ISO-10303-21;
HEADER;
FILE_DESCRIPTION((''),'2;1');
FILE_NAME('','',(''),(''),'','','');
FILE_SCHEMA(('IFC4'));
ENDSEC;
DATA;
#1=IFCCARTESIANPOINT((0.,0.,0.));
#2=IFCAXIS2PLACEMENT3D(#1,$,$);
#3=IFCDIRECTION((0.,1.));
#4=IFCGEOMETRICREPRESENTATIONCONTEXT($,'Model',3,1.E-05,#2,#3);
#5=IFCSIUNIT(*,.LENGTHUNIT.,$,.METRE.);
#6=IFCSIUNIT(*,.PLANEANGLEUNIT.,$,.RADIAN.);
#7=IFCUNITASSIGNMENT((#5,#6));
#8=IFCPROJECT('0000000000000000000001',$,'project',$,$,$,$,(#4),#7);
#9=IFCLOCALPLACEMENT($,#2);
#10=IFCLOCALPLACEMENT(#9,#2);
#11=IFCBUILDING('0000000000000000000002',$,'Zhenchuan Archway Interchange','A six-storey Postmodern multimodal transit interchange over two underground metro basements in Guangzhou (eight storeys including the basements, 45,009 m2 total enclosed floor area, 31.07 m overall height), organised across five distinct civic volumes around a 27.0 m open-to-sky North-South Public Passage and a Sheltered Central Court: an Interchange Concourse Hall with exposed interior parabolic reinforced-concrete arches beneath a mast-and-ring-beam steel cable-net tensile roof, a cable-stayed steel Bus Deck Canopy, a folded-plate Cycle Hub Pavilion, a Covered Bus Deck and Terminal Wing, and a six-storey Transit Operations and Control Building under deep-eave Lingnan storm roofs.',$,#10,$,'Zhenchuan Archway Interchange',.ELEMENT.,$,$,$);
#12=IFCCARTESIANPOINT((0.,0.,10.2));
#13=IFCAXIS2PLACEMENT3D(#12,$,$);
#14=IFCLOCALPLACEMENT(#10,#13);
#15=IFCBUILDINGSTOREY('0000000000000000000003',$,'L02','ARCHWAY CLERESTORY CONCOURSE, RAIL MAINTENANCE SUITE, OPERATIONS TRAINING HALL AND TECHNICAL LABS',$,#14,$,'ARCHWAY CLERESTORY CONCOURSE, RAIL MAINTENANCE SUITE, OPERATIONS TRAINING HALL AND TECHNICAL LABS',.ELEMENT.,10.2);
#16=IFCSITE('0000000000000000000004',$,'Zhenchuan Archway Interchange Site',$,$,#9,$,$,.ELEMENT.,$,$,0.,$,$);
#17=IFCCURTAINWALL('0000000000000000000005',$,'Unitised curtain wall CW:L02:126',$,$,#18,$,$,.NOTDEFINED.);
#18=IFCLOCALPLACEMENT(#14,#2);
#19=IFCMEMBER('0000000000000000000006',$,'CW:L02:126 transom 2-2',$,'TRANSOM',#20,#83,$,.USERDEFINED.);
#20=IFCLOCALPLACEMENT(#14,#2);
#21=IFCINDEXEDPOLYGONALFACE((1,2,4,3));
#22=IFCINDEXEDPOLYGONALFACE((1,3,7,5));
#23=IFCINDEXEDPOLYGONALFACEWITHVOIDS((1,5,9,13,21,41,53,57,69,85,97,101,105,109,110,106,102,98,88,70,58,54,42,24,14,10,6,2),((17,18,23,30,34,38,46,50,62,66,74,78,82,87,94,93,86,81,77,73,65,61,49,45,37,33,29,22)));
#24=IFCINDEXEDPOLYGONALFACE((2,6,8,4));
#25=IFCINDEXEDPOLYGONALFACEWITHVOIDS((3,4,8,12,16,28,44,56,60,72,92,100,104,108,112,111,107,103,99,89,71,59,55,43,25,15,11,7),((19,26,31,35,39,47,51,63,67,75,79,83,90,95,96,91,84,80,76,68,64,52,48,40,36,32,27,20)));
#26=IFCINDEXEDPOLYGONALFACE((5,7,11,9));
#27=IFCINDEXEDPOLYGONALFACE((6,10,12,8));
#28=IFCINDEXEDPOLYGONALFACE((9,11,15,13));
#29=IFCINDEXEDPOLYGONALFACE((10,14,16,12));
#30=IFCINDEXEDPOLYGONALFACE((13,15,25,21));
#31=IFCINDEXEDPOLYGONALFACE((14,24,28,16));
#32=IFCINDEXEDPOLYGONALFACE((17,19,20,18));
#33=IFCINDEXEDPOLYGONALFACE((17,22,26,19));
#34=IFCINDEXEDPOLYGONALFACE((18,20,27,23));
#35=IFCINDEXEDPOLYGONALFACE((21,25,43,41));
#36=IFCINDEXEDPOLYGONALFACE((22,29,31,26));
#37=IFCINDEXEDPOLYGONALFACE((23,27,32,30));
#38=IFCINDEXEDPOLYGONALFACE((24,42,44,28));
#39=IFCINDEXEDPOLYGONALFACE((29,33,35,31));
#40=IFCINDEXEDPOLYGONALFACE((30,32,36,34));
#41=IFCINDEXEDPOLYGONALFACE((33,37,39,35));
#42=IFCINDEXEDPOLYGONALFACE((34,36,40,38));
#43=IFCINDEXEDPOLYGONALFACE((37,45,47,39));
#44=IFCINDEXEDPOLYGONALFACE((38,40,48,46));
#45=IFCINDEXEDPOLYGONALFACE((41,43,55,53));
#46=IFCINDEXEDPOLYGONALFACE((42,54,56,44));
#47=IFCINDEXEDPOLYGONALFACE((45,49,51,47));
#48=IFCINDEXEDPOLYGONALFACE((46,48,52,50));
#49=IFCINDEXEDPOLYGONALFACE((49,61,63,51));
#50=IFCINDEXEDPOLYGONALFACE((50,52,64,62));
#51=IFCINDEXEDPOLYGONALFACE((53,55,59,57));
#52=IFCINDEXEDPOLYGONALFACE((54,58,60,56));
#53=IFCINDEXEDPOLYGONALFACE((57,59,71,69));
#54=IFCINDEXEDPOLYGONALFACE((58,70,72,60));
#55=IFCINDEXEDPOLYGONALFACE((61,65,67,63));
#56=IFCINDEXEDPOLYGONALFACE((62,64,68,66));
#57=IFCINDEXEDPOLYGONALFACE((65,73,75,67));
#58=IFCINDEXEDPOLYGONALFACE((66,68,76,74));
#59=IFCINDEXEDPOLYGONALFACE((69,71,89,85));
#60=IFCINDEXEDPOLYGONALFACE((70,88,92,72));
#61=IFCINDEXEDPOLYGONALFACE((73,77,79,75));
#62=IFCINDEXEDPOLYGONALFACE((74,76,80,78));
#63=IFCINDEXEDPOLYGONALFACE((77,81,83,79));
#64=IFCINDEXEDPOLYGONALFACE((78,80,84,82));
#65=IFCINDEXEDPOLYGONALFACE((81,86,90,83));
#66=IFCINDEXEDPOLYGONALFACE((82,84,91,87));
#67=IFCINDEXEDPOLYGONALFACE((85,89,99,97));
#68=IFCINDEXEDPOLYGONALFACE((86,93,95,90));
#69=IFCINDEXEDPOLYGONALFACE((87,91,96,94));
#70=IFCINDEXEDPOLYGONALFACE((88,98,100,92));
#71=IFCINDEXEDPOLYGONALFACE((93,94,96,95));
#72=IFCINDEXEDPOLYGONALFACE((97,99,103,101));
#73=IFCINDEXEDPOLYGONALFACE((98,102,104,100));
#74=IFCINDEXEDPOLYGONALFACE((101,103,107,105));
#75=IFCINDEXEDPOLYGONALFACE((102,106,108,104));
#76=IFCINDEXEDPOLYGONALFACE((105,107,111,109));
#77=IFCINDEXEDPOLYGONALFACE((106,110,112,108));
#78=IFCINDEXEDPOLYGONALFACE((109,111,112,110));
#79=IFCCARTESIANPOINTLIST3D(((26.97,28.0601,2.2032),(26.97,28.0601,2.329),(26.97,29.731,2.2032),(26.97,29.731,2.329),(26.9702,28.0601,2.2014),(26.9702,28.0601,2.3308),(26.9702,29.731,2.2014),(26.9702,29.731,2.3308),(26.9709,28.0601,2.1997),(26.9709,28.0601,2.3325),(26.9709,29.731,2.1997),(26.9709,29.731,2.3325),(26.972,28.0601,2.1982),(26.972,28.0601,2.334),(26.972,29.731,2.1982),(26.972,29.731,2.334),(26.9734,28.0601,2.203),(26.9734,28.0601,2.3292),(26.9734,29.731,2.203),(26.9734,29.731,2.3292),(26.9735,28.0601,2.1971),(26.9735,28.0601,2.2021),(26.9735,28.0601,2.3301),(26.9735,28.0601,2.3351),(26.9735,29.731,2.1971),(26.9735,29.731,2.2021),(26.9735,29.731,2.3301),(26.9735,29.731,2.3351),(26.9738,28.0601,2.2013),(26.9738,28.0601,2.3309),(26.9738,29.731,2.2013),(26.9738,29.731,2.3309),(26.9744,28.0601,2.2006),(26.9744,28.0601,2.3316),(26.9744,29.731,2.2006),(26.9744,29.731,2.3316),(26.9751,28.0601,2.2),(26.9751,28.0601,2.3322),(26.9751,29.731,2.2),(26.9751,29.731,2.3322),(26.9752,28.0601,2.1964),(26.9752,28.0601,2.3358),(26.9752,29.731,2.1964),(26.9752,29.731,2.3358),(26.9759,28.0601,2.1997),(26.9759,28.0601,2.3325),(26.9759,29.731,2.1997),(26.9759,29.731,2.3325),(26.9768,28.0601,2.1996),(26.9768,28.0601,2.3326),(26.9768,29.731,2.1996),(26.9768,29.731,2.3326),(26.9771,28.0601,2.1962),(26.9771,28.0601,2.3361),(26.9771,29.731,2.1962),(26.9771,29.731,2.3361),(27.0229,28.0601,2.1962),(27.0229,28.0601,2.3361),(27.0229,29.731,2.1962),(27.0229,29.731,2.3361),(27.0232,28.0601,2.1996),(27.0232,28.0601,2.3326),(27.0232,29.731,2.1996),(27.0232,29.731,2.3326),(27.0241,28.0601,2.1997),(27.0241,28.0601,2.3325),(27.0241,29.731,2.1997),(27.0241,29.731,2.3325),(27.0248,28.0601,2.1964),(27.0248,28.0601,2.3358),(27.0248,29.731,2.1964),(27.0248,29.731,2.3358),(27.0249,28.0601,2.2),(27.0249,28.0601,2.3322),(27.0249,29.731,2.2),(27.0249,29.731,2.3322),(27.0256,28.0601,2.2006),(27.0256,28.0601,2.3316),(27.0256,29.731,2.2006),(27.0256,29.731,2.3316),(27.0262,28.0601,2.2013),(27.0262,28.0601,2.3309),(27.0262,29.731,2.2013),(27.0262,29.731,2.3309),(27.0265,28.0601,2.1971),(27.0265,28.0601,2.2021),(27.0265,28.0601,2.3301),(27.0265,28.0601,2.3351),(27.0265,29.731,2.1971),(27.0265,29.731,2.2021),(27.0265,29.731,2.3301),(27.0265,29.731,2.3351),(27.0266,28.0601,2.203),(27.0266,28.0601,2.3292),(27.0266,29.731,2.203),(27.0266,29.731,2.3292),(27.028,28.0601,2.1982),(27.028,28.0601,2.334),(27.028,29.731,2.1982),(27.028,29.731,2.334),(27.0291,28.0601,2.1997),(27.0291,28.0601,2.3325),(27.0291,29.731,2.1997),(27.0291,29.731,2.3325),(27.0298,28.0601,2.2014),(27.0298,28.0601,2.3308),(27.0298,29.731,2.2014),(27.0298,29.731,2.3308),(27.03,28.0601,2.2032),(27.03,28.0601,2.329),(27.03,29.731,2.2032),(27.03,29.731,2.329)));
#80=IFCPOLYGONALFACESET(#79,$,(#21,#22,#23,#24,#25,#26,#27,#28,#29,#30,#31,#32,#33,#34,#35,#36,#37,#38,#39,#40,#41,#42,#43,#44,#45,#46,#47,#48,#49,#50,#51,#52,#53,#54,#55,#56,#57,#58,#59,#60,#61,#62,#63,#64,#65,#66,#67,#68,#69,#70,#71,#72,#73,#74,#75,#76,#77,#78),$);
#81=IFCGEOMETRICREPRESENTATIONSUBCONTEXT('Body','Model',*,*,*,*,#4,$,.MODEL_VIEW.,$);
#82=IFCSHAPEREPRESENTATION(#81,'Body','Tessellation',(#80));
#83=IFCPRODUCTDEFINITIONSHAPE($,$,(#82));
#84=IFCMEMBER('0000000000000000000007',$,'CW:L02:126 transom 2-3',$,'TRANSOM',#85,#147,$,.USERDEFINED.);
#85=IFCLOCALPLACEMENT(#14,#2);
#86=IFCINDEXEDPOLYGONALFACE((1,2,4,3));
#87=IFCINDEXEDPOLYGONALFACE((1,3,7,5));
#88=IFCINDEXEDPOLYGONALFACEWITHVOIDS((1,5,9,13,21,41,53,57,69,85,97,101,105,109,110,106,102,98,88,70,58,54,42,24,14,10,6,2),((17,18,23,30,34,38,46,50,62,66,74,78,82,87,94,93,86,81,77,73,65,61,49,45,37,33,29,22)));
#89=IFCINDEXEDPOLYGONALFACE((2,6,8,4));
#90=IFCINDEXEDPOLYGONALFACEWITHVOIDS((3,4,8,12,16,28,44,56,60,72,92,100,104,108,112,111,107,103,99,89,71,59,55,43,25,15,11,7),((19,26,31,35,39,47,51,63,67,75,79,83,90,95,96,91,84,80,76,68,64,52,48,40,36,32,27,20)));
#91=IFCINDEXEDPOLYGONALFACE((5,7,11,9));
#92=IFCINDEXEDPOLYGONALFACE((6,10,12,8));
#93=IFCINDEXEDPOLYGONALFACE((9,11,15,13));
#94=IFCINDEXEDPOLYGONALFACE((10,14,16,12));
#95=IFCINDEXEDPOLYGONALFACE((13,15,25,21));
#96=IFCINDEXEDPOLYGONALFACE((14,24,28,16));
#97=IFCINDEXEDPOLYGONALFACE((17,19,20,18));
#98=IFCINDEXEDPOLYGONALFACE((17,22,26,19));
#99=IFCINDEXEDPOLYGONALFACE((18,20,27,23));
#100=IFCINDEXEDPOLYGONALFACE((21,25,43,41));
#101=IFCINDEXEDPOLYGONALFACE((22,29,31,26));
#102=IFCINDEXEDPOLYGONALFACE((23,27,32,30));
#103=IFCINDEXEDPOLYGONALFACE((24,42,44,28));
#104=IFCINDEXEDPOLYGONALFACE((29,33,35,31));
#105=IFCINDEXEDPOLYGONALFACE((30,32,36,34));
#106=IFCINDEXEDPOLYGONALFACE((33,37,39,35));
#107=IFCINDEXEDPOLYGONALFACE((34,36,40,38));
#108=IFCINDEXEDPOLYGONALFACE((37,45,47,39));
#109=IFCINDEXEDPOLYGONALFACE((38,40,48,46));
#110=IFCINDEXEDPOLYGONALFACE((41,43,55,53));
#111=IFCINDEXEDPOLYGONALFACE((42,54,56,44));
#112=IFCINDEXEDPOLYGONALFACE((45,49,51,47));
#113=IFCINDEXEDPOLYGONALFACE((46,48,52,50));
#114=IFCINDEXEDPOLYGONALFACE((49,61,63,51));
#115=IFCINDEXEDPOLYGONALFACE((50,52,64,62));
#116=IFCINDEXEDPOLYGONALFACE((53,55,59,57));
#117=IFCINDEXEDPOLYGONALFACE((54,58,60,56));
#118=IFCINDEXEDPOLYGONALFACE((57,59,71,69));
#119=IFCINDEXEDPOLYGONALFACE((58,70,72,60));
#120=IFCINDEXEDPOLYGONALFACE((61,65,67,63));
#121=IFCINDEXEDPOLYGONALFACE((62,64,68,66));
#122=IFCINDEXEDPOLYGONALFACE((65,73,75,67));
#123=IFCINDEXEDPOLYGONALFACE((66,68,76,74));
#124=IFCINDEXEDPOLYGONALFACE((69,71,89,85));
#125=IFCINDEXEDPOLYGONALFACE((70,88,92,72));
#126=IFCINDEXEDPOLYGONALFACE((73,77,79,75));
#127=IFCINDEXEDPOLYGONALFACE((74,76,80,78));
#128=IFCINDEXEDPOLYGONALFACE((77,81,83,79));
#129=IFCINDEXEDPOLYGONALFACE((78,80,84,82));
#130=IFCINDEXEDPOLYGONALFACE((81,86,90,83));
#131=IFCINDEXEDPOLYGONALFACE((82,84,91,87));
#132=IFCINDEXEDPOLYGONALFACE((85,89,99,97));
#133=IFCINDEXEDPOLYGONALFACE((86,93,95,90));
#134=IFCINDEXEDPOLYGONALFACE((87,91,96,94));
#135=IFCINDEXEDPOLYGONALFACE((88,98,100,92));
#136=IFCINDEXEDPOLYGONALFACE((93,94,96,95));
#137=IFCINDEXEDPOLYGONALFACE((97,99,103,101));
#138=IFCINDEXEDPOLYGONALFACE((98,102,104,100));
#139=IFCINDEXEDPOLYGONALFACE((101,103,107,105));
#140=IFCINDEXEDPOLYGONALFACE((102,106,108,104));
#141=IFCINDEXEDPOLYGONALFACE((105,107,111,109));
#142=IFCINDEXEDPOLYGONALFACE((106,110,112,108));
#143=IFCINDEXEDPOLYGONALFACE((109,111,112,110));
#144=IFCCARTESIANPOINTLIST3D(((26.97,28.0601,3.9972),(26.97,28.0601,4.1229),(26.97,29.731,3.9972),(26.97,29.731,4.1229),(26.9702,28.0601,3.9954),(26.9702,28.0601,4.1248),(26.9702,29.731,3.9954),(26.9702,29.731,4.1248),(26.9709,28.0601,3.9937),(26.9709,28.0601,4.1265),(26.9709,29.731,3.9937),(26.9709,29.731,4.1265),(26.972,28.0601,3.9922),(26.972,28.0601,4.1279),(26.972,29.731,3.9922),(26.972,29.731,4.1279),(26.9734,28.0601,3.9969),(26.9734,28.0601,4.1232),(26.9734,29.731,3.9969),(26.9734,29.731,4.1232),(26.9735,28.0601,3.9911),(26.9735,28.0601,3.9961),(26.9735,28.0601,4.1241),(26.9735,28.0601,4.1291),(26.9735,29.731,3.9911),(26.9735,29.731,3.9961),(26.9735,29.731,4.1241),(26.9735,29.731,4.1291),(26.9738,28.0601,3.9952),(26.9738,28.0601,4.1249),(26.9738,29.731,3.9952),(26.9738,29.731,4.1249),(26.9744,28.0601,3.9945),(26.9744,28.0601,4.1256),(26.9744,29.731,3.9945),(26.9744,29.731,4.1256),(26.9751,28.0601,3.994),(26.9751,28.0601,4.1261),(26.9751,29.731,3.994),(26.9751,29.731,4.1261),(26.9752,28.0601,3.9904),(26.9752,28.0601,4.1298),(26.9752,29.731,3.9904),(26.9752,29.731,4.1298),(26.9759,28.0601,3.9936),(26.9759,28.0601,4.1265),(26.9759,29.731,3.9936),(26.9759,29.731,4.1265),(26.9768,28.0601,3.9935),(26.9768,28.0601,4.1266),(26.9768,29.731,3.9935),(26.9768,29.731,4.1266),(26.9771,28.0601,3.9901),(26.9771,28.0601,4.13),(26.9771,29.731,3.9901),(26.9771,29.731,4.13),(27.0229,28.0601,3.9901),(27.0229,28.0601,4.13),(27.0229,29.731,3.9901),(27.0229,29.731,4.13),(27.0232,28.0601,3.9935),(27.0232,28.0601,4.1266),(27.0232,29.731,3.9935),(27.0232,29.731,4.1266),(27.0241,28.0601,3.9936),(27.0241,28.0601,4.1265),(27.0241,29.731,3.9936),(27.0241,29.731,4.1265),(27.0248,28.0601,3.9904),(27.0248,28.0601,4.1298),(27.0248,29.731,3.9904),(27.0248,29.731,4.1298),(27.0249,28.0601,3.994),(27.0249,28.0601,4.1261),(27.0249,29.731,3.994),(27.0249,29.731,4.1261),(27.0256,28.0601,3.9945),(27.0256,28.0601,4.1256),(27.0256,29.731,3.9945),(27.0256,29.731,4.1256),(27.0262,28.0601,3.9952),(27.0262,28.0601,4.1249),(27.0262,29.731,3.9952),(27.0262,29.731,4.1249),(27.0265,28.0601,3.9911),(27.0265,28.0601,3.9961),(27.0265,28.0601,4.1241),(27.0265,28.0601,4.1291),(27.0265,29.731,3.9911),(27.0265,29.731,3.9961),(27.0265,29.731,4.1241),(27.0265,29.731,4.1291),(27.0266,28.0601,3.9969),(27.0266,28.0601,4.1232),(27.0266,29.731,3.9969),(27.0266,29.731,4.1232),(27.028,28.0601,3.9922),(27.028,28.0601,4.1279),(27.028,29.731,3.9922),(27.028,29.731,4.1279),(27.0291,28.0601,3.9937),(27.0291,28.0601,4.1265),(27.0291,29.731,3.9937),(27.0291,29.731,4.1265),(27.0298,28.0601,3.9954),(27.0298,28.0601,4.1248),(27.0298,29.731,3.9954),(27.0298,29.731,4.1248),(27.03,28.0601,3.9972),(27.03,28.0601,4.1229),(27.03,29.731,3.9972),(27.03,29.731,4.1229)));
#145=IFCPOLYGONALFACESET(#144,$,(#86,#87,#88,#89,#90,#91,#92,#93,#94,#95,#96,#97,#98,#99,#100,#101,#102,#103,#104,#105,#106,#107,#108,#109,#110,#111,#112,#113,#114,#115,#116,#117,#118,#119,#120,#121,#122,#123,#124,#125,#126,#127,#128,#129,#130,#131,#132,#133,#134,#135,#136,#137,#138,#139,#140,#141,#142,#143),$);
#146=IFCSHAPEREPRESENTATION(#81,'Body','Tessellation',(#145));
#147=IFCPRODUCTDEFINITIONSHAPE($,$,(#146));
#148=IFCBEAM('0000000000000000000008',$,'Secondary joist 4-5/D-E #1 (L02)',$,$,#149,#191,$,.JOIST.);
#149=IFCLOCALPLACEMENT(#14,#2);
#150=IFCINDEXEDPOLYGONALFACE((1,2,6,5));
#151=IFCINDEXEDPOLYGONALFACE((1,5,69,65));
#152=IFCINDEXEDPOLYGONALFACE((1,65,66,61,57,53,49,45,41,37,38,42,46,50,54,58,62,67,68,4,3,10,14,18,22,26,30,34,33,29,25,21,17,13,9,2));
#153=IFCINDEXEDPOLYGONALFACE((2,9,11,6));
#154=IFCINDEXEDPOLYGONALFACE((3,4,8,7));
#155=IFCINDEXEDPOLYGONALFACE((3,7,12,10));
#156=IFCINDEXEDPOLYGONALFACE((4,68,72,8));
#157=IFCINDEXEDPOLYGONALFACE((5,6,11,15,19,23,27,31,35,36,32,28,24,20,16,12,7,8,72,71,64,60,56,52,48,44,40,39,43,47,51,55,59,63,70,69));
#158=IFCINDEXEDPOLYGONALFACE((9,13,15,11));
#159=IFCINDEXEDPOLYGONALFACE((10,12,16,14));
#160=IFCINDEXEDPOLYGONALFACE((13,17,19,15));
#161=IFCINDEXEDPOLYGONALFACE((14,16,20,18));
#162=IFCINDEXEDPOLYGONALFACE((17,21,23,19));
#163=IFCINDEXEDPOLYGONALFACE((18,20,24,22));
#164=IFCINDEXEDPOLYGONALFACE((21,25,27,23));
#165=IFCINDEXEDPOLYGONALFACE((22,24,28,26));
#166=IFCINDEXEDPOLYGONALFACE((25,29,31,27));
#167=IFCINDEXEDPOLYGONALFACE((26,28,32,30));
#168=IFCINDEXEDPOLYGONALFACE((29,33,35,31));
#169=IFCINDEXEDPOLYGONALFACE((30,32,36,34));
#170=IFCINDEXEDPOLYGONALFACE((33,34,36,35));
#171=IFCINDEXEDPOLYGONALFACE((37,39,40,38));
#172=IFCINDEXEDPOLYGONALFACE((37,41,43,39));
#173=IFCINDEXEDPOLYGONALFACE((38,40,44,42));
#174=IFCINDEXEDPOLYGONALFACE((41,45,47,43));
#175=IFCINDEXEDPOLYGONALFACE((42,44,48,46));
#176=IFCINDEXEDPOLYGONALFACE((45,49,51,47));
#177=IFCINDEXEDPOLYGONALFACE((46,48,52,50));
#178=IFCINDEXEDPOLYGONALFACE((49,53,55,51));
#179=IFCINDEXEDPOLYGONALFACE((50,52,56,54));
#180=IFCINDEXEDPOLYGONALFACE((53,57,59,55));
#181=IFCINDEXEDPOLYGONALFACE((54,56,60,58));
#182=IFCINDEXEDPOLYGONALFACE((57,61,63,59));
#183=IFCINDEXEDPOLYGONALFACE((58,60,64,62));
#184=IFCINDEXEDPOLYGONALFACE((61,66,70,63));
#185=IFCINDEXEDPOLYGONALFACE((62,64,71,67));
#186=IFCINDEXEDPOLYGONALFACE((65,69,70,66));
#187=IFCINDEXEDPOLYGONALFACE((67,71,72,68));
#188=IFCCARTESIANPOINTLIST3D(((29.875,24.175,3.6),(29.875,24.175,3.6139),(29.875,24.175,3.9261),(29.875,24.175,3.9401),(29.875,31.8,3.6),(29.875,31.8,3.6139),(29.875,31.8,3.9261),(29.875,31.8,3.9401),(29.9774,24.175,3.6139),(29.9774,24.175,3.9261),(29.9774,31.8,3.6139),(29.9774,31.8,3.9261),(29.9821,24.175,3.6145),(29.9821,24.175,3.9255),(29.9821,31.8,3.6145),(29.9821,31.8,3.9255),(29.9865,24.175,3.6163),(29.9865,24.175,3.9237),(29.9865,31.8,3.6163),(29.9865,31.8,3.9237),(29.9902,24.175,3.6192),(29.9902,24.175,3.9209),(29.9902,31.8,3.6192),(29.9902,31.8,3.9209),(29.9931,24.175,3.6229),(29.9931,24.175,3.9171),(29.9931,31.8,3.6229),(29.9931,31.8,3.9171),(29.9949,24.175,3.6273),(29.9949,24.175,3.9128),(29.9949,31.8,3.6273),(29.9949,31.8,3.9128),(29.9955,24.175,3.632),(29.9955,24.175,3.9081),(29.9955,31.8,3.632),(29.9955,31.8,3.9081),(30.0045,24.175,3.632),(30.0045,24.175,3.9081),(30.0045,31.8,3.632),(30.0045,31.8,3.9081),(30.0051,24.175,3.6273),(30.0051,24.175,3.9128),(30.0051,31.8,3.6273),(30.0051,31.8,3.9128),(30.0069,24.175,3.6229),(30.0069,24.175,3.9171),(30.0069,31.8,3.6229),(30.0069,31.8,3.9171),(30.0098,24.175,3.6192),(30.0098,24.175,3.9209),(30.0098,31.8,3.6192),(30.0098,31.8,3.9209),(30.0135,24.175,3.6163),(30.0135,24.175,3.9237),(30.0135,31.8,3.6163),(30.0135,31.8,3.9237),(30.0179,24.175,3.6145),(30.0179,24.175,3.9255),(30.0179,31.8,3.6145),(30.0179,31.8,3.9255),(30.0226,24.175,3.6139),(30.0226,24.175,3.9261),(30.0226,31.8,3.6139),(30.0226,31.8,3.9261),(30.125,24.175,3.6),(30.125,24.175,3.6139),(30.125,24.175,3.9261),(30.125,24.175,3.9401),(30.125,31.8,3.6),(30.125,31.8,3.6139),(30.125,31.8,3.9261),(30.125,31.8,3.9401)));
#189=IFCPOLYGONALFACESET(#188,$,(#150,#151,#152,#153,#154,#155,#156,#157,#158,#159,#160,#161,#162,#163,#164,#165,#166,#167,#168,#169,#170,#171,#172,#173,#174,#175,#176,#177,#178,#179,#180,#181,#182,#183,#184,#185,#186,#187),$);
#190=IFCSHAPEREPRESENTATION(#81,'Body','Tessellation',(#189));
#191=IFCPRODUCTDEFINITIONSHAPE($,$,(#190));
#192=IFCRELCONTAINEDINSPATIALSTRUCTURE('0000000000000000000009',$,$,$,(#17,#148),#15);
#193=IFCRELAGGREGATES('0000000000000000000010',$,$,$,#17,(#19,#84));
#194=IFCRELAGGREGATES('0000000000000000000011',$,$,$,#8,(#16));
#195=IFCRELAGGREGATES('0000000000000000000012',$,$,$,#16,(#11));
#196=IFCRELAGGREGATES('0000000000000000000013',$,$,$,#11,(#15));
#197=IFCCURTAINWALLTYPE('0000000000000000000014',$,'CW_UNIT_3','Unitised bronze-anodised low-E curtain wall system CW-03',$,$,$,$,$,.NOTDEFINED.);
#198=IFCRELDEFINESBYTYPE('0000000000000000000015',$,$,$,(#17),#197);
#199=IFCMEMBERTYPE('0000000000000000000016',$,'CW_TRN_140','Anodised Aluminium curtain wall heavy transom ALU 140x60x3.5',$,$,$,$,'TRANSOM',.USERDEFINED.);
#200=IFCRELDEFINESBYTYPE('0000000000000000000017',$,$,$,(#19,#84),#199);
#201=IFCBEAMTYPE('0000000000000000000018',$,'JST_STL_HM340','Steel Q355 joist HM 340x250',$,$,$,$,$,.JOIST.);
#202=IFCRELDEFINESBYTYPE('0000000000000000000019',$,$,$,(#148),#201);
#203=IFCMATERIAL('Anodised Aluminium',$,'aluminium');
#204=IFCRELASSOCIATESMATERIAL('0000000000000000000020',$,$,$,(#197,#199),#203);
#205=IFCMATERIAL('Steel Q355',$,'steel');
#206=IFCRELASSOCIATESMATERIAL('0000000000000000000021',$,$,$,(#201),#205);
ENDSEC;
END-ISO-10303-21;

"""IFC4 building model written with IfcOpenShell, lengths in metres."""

from ifc_helpers import new_model, si_unit, direction, frame, origin, origin_2d, place, context, subcontext, project, spatial, hollow_rectangle, i_section, extrude, material, material_profile, profile_set, type_object, element, aggregate, save


model = new_model("IFC4")

# Units and contexts
model_context = context("Model", 3, precision=1e-05, world=origin(), true_north=direction((0.0, 1.0)))
body_context = subcontext(model_context, "Body", "Model", "MODEL_VIEW")
ifc_project = project(units=[si_unit("LENGTHUNIT", "METRE"), si_unit("PLANEANGLEUNIT", "RADIAN")], contexts=[model_context])

# Site, building, storey
site_placement = place(None, origin())
site = spatial("IfcSite", under=ifc_project, at=site_placement, Name="Zhenchuan Archway Interchange Site", CompositionType="ELEMENT", RefElevation=0.0)
building_placement = place(site_placement, origin())
building = spatial("IfcBuilding", under=site, at=building_placement, Name="Zhenchuan Archway Interchange", Description="A six-storey Postmodern multimodal transit interchange over two underground metro basements in Guangzhou (eight storeys including the basements, 45,009 m2 total enclosed floor area, 31.07 m overall height), organised across five distinct civic volumes around a 27.0 m open-to-sky North-South Public Passage and a Sheltered Central Court: an Interchange Concourse Hall with exposed interior parabolic reinforced-concrete arches beneath a mast-and-ring-beam steel cable-net tensile roof, a cable-stayed steel Bus Deck Canopy, a folded-plate Cycle Hub Pavilion, a Covered Bus Deck and Terminal Wing, and a six-storey Transit Operations and Control Building under deep-eave Lingnan storm roofs.", LongName="Zhenchuan Archway Interchange", CompositionType="ELEMENT")
storey_placement = place(building_placement, frame((0.0, 0.0, 10.2)))
storey = spatial("IfcBuildingStorey", under=building, at=storey_placement, Name="L02", Description="ARCHWAY CLERESTORY CONCOURSE, RAIL MAINTENANCE SUITE, OPERATIONS TRAINING HALL AND TECHNICAL LABS", LongName="ARCHWAY CLERESTORY CONCOURSE, RAIL MAINTENANCE SUITE, OPERATIONS TRAINING HALL AND TECHNICAL LABS", CompositionType="ELEMENT", Elevation=10.2)

# Curtain wall, members
ifc_material_1 = material(Name="Anodised Aluminium", Category="aluminium")
curtain_wall_type = type_object("IfcCurtainWallType", Name="CW_UNIT_3", Description="Unitised bronze-anodised low-E curtain wall system CW-03", PredefinedType="NOTDEFINED", material=ifc_material_1)
curtain_wall_placement = place(storey_placement, origin())
curtain_wall = element("IfcCurtainWall", 1, at=curtain_wall_placement, inside=storey, type_object=curtain_wall_type, Name="Unitised curtain wall CW:L02:126", PredefinedType="NOTDEFINED")
ifc_material_profile_1 = material_profile(ifc_material_1, hollow_rectangle(XDim=0.0601, YDim=0.1399, WallThickness=0.0034, InnerFilletRadius=0.0034, OuterFilletRadius=0.0071, at=origin_2d()), Name="ALU 140x60x3.5")
ifc_profile_set_1 = profile_set([ifc_material_profile_1], Name="Anodised Aluminium")
member_type_1 = type_object("IfcMemberType", Name="CW_TRN_140", Description="Anodised Aluminium curtain wall heavy transom ALU 140x60x3.5", ElementType="TRANSOM", PredefinedType="USERDEFINED", material=ifc_profile_set_1)
member_1_placement = place(storey_placement, frame((27.0, 28.0601, 2.2661), z_axis=(0.0, 1.0, 0.0), x_axis=(-1.0, 0.0, 0.0)))
member_1 = element("IfcMember", 2, at=member_1_placement, type_object=member_type_1, Name="CW:L02:126 transom 2-2", ObjectType="TRANSOM", PredefinedType="USERDEFINED", context=body_context, shape_type="SweptSolid", body=[
    extrude(hollow_rectangle(XDim=0.0601, YDim=0.1399, WallThickness=0.0034, InnerFilletRadius=0.0034, OuterFilletRadius=0.0071, at=origin_2d()), origin(), (0.0, 0.0, 1.0), 1.6709),
])
member_2_placement = place(storey_placement, frame((27.0, 28.0601, 4.0601), z_axis=(0.0, 1.0, 0.0), x_axis=(-1.0, 0.0, 0.0)))
member_2 = element("IfcMember", 3, at=member_2_placement, type_object=member_type_1, Name="CW:L02:126 transom 2-3", ObjectType="TRANSOM", PredefinedType="USERDEFINED", context=body_context, shape_type="SweptSolid", body=[
    extrude(hollow_rectangle(XDim=0.0601, YDim=0.1399, WallThickness=0.0034, InnerFilletRadius=0.0034, OuterFilletRadius=0.0071, at=origin_2d()), origin(), (0.0, 0.0, 1.0), 1.6709),
])

# Beam
ifc_material_2 = material(Name="Steel Q355", Category="steel")
ifc_material_profile_2 = material_profile(ifc_material_2, i_section(OverallWidth=0.25, OverallDepth=0.3401, WebThickness=0.009, FlangeThickness=0.0139, FilletRadius=0.0181, at=origin_2d()), Name="HM 340x250")
ifc_profile_set_2 = profile_set([ifc_material_profile_2], Name="Steel Q355")
beam_type_1 = type_object("IfcBeamType", Name="JST_STL_HM340", Description="Steel Q355 joist HM 340x250", PredefinedType="JOIST", material=ifc_profile_set_2)
for number, where, z_axis, x_axis, name in (
    (4, (30.0, 24.175, 3.77), (0.0, 1.0, 0.0), (-1.0, 0.0, 0.0), "Secondary joist 4-5/D-E #1 (L02)"),
):
    element("IfcBeam", number, at=place(storey_placement, frame(where, z_axis=z_axis, x_axis=x_axis)), inside=storey, type_object=beam_type_1, Name=name, PredefinedType="JOIST", context=body_context, shape_type="SweptSolid", body=[
        extrude(i_section(OverallWidth=0.25, OverallDepth=0.3401, WebThickness=0.009, FlangeThickness=0.0139, FilletRadius=0.0181, at=origin_2d()), origin(), (0.0, 0.0, 1.0), 7.625),
    ])

aggregate(curtain_wall, [member_1, member_2])

save(model, "model.ifc")
